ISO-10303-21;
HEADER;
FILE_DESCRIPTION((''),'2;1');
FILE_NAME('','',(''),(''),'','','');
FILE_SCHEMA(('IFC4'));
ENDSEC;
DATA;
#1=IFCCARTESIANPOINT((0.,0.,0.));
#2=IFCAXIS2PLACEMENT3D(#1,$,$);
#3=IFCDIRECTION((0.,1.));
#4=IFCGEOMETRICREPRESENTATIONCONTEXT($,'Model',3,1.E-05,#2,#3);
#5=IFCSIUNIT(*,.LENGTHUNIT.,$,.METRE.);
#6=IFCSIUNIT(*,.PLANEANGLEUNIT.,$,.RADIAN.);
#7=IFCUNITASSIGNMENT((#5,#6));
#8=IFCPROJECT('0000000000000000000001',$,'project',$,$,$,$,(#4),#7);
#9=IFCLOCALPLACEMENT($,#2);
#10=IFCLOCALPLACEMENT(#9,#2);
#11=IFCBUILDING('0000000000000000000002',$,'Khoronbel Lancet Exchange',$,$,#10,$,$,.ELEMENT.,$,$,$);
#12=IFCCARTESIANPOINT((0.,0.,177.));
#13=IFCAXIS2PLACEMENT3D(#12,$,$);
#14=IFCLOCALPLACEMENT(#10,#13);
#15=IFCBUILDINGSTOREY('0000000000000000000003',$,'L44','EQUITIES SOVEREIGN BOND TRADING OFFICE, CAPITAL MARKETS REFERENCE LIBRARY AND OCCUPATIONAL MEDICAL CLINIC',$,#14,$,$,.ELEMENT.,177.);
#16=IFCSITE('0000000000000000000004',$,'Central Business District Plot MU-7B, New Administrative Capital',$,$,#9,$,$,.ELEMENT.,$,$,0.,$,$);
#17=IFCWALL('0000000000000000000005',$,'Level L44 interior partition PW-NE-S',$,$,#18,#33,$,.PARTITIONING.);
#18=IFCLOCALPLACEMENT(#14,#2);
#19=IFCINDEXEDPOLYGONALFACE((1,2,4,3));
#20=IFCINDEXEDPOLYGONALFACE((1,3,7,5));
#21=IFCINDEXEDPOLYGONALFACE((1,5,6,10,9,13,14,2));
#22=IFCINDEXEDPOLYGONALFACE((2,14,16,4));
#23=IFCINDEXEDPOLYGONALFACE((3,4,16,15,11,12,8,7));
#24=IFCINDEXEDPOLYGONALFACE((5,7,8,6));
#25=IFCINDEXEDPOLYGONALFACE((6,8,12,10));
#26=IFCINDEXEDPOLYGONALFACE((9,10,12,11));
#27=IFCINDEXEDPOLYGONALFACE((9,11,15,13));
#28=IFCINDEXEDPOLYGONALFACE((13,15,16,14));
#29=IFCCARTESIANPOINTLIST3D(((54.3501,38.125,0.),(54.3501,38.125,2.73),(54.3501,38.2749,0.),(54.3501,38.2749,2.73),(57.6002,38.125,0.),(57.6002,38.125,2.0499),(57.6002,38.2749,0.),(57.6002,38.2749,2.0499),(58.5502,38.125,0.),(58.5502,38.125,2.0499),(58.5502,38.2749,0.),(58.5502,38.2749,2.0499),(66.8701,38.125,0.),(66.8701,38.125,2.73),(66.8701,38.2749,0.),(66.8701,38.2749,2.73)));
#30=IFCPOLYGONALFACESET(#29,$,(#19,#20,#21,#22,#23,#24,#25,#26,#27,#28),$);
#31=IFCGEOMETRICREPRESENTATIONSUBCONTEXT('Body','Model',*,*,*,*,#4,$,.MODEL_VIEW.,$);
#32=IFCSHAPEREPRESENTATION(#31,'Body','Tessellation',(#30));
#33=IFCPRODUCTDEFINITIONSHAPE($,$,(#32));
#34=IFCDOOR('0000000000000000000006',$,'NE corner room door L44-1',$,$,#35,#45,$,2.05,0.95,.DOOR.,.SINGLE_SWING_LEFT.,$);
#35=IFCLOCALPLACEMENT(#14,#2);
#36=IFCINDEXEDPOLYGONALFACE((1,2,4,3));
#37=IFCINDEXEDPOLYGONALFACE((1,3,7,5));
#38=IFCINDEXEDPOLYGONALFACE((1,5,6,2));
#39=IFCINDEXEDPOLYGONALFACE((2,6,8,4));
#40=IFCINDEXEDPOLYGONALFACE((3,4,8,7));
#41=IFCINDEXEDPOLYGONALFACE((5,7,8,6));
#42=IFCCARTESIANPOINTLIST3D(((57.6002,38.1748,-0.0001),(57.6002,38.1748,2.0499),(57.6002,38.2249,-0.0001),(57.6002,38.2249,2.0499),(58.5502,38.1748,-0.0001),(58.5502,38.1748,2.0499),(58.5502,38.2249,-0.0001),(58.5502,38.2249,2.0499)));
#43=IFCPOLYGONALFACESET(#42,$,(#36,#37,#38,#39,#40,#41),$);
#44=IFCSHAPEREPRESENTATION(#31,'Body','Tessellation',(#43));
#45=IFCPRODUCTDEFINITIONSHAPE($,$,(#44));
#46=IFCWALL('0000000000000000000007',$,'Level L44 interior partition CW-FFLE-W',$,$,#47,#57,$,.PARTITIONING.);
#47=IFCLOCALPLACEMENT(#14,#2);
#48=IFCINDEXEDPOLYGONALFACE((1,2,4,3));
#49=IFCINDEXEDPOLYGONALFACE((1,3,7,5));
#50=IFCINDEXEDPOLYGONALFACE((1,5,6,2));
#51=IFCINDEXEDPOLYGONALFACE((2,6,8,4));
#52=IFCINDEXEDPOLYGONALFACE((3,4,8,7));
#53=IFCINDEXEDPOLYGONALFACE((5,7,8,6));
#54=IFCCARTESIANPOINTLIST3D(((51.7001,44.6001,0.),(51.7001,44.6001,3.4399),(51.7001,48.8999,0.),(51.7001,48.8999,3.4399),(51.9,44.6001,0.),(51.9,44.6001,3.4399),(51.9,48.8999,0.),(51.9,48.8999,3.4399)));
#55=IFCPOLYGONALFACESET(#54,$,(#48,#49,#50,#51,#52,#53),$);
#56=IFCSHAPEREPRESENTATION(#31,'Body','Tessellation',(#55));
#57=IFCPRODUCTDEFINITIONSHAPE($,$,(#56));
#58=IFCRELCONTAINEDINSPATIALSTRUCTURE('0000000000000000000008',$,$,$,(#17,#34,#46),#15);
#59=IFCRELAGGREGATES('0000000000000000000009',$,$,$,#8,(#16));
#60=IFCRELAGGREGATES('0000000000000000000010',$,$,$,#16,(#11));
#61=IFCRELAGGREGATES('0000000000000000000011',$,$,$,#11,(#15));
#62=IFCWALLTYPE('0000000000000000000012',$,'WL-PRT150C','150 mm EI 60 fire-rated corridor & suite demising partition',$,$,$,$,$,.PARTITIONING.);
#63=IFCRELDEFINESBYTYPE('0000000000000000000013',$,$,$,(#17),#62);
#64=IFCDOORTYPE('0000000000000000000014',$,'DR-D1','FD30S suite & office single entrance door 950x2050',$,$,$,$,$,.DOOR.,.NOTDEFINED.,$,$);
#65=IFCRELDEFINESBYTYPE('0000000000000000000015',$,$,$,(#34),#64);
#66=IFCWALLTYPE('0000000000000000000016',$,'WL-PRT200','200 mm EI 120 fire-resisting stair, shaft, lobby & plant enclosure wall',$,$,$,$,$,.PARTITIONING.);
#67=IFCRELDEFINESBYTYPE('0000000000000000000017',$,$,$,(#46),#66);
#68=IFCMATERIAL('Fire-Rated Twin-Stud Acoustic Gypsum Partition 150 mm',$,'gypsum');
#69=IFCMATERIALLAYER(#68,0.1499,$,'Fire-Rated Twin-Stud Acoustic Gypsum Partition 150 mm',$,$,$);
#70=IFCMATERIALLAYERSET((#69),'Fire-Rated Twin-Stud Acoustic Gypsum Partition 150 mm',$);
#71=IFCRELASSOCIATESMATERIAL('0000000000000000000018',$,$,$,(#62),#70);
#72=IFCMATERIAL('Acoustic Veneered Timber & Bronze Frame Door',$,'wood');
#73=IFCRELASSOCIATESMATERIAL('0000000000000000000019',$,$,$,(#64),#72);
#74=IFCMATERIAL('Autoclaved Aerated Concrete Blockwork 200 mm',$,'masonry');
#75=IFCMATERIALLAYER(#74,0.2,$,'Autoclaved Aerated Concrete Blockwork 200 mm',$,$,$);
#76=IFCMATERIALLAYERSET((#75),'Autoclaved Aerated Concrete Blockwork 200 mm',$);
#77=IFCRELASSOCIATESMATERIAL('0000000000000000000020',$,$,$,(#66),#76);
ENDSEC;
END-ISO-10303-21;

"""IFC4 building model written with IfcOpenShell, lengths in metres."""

from ifc_helpers import new_model, si_unit, direction, frame, frame_2d, origin, place, context, subcontext, project, spatial, rectangle, extrude, material, layer, layer_set, type_object, element, fill, save


model = new_model("IFC4")

# Units and contexts
model_context = context("Model", 3, precision=1e-05, world=origin(), true_north=direction((0.0, 1.0)))
body_context = subcontext(model_context, "Body", "Model", "MODEL_VIEW")
ifc_project = project(units=[si_unit("LENGTHUNIT", "METRE"), si_unit("PLANEANGLEUNIT", "RADIAN")], contexts=[model_context])

# Site, building, storey
site_placement = place(None, origin())
site = spatial("IfcSite", under=ifc_project, at=site_placement, Name="Central Business District Plot MU-7B, New Administrative Capital", CompositionType="ELEMENT", RefElevation=0.0)
building_placement = place(site_placement, origin())
building = spatial("IfcBuilding", under=site, at=building_placement, Name="Khoronbel Lancet Exchange", CompositionType="ELEMENT")
storey_placement = place(building_placement, frame((0.0, 0.0, 177.0)))
storey = spatial("IfcBuildingStorey", under=building, at=storey_placement, Name="L44", Description="EQUITIES SOVEREIGN BOND TRADING OFFICE, CAPITAL MARKETS REFERENCE LIBRARY AND OCCUPATIONAL MEDICAL CLINIC", CompositionType="ELEMENT", Elevation=177.0)

# Wall, opening, door
ifc_material_1 = material(Name="Fire-Rated Twin-Stud Acoustic Gypsum Partition 150 mm", Category="gypsum")
ifc_layer_1 = layer(ifc_material_1, 0.1499, Name="Fire-Rated Twin-Stud Acoustic Gypsum Partition 150 mm")
ifc_layer_set_1 = layer_set([ifc_layer_1], Name="Fire-Rated Twin-Stud Acoustic Gypsum Partition 150 mm")
wall_type_1 = type_object("IfcWallType", Name="WL-PRT150C", Description="150 mm EI 60 fire-rated corridor & suite demising partition", PredefinedType="PARTITIONING", material=ifc_layer_set_1)
wall_1_placement = place(storey_placement, frame((54.3501, 38.2, 0.0), z_axis=(0.0, 0.0, 1.0), x_axis=(1.0, 0.0, 0.0)))
wall_1 = element("IfcWall", 1, at=wall_1_placement, inside=storey, type_object=wall_type_1, Name="Level L44 interior partition PW-NE-S", PredefinedType="PARTITIONING", context=body_context, shape_type="SweptSolid", body=[
    extrude(rectangle(XDim=12.52, YDim=0.1499, at=frame_2d((6.26, 0.0))), origin(), (0.0, 0.0, 1.0), 2.73),
])
opening_1_placement = place(wall_1_placement, frame((3.25, 0.0, 0.0)))
opening_1 = element("IfcOpeningElement", 2, at=opening_1_placement, cuts=wall_1, PredefinedType="OPENING", context=body_context, shape_type="SweptSolid", body=[
    extrude(rectangle(XDim=0.95, YDim=2.05, at=frame_2d((0.4751, 1.0249))), frame((0.0, 0.085, 0.0), z_axis=(0.0, -1.0, 0.0), x_axis=(1.0, 0.0, 0.0)), (0.0, 0.0, 1.0), 0.1699),
])
ifc_material_2 = material(Name="Acoustic Veneered Timber & Bronze Frame Door", Category="wood")
door_type_1 = type_object("IfcDoorType", Name="DR-D1", Description="FD30S suite & office single entrance door 950x2050", OperationType="NOTDEFINED", PredefinedType="DOOR", material=ifc_material_2)
door_1_placement = place(opening_1_placement, origin())
door_1 = element("IfcDoor", 3, at=door_1_placement, inside=storey, type_object=door_type_1, Name="NE corner room door L44-1", OperationType="SINGLE_SWING_LEFT", OverallHeight=2.05, OverallWidth=0.95, PredefinedType="DOOR", context=body_context, shape_type="SweptSolid", body=[
    extrude(rectangle(XDim=0.95, YDim=2.05, at=frame_2d((0.4751, 1.0249))), frame((0.0, 0.0249, 0.0), z_axis=(0.0, -1.0, 0.0), x_axis=(1.0, 0.0, 0.0)), (0.0, 0.0, 1.0), 0.05),
])
fill(opening_1, door_1)

# Wall
ifc_material_3 = material(Name="Autoclaved Aerated Concrete Blockwork 200 mm", Category="masonry")
ifc_layer_2 = layer(ifc_material_3, 0.2, Name="Autoclaved Aerated Concrete Blockwork 200 mm")
ifc_layer_set_2 = layer_set([ifc_layer_2], Name="Autoclaved Aerated Concrete Blockwork 200 mm")
wall_type_2 = type_object("IfcWallType", Name="WL-PRT200", Description="200 mm EI 120 fire-resisting stair, shaft, lobby & plant enclosure wall", PredefinedType="PARTITIONING", material=ifc_layer_set_2)
wall_2_placement = place(storey_placement, frame((51.8, 44.6001, 0.0), z_axis=(0.0, 0.0, 1.0), x_axis=(0.0, 1.0, 0.0)))
element("IfcWall", 4, at=wall_2_placement, inside=storey, type_object=wall_type_2, Name="Level L44 interior partition CW-FFLE-W", PredefinedType="PARTITIONING", context=body_context, shape_type="SweptSolid", body=[
    extrude(rectangle(XDim=4.2998, YDim=0.2, at=frame_2d((2.1499, 0.0))), origin(), (0.0, 0.0, 1.0), 3.4399),
])

save(model, "model.ifc")
